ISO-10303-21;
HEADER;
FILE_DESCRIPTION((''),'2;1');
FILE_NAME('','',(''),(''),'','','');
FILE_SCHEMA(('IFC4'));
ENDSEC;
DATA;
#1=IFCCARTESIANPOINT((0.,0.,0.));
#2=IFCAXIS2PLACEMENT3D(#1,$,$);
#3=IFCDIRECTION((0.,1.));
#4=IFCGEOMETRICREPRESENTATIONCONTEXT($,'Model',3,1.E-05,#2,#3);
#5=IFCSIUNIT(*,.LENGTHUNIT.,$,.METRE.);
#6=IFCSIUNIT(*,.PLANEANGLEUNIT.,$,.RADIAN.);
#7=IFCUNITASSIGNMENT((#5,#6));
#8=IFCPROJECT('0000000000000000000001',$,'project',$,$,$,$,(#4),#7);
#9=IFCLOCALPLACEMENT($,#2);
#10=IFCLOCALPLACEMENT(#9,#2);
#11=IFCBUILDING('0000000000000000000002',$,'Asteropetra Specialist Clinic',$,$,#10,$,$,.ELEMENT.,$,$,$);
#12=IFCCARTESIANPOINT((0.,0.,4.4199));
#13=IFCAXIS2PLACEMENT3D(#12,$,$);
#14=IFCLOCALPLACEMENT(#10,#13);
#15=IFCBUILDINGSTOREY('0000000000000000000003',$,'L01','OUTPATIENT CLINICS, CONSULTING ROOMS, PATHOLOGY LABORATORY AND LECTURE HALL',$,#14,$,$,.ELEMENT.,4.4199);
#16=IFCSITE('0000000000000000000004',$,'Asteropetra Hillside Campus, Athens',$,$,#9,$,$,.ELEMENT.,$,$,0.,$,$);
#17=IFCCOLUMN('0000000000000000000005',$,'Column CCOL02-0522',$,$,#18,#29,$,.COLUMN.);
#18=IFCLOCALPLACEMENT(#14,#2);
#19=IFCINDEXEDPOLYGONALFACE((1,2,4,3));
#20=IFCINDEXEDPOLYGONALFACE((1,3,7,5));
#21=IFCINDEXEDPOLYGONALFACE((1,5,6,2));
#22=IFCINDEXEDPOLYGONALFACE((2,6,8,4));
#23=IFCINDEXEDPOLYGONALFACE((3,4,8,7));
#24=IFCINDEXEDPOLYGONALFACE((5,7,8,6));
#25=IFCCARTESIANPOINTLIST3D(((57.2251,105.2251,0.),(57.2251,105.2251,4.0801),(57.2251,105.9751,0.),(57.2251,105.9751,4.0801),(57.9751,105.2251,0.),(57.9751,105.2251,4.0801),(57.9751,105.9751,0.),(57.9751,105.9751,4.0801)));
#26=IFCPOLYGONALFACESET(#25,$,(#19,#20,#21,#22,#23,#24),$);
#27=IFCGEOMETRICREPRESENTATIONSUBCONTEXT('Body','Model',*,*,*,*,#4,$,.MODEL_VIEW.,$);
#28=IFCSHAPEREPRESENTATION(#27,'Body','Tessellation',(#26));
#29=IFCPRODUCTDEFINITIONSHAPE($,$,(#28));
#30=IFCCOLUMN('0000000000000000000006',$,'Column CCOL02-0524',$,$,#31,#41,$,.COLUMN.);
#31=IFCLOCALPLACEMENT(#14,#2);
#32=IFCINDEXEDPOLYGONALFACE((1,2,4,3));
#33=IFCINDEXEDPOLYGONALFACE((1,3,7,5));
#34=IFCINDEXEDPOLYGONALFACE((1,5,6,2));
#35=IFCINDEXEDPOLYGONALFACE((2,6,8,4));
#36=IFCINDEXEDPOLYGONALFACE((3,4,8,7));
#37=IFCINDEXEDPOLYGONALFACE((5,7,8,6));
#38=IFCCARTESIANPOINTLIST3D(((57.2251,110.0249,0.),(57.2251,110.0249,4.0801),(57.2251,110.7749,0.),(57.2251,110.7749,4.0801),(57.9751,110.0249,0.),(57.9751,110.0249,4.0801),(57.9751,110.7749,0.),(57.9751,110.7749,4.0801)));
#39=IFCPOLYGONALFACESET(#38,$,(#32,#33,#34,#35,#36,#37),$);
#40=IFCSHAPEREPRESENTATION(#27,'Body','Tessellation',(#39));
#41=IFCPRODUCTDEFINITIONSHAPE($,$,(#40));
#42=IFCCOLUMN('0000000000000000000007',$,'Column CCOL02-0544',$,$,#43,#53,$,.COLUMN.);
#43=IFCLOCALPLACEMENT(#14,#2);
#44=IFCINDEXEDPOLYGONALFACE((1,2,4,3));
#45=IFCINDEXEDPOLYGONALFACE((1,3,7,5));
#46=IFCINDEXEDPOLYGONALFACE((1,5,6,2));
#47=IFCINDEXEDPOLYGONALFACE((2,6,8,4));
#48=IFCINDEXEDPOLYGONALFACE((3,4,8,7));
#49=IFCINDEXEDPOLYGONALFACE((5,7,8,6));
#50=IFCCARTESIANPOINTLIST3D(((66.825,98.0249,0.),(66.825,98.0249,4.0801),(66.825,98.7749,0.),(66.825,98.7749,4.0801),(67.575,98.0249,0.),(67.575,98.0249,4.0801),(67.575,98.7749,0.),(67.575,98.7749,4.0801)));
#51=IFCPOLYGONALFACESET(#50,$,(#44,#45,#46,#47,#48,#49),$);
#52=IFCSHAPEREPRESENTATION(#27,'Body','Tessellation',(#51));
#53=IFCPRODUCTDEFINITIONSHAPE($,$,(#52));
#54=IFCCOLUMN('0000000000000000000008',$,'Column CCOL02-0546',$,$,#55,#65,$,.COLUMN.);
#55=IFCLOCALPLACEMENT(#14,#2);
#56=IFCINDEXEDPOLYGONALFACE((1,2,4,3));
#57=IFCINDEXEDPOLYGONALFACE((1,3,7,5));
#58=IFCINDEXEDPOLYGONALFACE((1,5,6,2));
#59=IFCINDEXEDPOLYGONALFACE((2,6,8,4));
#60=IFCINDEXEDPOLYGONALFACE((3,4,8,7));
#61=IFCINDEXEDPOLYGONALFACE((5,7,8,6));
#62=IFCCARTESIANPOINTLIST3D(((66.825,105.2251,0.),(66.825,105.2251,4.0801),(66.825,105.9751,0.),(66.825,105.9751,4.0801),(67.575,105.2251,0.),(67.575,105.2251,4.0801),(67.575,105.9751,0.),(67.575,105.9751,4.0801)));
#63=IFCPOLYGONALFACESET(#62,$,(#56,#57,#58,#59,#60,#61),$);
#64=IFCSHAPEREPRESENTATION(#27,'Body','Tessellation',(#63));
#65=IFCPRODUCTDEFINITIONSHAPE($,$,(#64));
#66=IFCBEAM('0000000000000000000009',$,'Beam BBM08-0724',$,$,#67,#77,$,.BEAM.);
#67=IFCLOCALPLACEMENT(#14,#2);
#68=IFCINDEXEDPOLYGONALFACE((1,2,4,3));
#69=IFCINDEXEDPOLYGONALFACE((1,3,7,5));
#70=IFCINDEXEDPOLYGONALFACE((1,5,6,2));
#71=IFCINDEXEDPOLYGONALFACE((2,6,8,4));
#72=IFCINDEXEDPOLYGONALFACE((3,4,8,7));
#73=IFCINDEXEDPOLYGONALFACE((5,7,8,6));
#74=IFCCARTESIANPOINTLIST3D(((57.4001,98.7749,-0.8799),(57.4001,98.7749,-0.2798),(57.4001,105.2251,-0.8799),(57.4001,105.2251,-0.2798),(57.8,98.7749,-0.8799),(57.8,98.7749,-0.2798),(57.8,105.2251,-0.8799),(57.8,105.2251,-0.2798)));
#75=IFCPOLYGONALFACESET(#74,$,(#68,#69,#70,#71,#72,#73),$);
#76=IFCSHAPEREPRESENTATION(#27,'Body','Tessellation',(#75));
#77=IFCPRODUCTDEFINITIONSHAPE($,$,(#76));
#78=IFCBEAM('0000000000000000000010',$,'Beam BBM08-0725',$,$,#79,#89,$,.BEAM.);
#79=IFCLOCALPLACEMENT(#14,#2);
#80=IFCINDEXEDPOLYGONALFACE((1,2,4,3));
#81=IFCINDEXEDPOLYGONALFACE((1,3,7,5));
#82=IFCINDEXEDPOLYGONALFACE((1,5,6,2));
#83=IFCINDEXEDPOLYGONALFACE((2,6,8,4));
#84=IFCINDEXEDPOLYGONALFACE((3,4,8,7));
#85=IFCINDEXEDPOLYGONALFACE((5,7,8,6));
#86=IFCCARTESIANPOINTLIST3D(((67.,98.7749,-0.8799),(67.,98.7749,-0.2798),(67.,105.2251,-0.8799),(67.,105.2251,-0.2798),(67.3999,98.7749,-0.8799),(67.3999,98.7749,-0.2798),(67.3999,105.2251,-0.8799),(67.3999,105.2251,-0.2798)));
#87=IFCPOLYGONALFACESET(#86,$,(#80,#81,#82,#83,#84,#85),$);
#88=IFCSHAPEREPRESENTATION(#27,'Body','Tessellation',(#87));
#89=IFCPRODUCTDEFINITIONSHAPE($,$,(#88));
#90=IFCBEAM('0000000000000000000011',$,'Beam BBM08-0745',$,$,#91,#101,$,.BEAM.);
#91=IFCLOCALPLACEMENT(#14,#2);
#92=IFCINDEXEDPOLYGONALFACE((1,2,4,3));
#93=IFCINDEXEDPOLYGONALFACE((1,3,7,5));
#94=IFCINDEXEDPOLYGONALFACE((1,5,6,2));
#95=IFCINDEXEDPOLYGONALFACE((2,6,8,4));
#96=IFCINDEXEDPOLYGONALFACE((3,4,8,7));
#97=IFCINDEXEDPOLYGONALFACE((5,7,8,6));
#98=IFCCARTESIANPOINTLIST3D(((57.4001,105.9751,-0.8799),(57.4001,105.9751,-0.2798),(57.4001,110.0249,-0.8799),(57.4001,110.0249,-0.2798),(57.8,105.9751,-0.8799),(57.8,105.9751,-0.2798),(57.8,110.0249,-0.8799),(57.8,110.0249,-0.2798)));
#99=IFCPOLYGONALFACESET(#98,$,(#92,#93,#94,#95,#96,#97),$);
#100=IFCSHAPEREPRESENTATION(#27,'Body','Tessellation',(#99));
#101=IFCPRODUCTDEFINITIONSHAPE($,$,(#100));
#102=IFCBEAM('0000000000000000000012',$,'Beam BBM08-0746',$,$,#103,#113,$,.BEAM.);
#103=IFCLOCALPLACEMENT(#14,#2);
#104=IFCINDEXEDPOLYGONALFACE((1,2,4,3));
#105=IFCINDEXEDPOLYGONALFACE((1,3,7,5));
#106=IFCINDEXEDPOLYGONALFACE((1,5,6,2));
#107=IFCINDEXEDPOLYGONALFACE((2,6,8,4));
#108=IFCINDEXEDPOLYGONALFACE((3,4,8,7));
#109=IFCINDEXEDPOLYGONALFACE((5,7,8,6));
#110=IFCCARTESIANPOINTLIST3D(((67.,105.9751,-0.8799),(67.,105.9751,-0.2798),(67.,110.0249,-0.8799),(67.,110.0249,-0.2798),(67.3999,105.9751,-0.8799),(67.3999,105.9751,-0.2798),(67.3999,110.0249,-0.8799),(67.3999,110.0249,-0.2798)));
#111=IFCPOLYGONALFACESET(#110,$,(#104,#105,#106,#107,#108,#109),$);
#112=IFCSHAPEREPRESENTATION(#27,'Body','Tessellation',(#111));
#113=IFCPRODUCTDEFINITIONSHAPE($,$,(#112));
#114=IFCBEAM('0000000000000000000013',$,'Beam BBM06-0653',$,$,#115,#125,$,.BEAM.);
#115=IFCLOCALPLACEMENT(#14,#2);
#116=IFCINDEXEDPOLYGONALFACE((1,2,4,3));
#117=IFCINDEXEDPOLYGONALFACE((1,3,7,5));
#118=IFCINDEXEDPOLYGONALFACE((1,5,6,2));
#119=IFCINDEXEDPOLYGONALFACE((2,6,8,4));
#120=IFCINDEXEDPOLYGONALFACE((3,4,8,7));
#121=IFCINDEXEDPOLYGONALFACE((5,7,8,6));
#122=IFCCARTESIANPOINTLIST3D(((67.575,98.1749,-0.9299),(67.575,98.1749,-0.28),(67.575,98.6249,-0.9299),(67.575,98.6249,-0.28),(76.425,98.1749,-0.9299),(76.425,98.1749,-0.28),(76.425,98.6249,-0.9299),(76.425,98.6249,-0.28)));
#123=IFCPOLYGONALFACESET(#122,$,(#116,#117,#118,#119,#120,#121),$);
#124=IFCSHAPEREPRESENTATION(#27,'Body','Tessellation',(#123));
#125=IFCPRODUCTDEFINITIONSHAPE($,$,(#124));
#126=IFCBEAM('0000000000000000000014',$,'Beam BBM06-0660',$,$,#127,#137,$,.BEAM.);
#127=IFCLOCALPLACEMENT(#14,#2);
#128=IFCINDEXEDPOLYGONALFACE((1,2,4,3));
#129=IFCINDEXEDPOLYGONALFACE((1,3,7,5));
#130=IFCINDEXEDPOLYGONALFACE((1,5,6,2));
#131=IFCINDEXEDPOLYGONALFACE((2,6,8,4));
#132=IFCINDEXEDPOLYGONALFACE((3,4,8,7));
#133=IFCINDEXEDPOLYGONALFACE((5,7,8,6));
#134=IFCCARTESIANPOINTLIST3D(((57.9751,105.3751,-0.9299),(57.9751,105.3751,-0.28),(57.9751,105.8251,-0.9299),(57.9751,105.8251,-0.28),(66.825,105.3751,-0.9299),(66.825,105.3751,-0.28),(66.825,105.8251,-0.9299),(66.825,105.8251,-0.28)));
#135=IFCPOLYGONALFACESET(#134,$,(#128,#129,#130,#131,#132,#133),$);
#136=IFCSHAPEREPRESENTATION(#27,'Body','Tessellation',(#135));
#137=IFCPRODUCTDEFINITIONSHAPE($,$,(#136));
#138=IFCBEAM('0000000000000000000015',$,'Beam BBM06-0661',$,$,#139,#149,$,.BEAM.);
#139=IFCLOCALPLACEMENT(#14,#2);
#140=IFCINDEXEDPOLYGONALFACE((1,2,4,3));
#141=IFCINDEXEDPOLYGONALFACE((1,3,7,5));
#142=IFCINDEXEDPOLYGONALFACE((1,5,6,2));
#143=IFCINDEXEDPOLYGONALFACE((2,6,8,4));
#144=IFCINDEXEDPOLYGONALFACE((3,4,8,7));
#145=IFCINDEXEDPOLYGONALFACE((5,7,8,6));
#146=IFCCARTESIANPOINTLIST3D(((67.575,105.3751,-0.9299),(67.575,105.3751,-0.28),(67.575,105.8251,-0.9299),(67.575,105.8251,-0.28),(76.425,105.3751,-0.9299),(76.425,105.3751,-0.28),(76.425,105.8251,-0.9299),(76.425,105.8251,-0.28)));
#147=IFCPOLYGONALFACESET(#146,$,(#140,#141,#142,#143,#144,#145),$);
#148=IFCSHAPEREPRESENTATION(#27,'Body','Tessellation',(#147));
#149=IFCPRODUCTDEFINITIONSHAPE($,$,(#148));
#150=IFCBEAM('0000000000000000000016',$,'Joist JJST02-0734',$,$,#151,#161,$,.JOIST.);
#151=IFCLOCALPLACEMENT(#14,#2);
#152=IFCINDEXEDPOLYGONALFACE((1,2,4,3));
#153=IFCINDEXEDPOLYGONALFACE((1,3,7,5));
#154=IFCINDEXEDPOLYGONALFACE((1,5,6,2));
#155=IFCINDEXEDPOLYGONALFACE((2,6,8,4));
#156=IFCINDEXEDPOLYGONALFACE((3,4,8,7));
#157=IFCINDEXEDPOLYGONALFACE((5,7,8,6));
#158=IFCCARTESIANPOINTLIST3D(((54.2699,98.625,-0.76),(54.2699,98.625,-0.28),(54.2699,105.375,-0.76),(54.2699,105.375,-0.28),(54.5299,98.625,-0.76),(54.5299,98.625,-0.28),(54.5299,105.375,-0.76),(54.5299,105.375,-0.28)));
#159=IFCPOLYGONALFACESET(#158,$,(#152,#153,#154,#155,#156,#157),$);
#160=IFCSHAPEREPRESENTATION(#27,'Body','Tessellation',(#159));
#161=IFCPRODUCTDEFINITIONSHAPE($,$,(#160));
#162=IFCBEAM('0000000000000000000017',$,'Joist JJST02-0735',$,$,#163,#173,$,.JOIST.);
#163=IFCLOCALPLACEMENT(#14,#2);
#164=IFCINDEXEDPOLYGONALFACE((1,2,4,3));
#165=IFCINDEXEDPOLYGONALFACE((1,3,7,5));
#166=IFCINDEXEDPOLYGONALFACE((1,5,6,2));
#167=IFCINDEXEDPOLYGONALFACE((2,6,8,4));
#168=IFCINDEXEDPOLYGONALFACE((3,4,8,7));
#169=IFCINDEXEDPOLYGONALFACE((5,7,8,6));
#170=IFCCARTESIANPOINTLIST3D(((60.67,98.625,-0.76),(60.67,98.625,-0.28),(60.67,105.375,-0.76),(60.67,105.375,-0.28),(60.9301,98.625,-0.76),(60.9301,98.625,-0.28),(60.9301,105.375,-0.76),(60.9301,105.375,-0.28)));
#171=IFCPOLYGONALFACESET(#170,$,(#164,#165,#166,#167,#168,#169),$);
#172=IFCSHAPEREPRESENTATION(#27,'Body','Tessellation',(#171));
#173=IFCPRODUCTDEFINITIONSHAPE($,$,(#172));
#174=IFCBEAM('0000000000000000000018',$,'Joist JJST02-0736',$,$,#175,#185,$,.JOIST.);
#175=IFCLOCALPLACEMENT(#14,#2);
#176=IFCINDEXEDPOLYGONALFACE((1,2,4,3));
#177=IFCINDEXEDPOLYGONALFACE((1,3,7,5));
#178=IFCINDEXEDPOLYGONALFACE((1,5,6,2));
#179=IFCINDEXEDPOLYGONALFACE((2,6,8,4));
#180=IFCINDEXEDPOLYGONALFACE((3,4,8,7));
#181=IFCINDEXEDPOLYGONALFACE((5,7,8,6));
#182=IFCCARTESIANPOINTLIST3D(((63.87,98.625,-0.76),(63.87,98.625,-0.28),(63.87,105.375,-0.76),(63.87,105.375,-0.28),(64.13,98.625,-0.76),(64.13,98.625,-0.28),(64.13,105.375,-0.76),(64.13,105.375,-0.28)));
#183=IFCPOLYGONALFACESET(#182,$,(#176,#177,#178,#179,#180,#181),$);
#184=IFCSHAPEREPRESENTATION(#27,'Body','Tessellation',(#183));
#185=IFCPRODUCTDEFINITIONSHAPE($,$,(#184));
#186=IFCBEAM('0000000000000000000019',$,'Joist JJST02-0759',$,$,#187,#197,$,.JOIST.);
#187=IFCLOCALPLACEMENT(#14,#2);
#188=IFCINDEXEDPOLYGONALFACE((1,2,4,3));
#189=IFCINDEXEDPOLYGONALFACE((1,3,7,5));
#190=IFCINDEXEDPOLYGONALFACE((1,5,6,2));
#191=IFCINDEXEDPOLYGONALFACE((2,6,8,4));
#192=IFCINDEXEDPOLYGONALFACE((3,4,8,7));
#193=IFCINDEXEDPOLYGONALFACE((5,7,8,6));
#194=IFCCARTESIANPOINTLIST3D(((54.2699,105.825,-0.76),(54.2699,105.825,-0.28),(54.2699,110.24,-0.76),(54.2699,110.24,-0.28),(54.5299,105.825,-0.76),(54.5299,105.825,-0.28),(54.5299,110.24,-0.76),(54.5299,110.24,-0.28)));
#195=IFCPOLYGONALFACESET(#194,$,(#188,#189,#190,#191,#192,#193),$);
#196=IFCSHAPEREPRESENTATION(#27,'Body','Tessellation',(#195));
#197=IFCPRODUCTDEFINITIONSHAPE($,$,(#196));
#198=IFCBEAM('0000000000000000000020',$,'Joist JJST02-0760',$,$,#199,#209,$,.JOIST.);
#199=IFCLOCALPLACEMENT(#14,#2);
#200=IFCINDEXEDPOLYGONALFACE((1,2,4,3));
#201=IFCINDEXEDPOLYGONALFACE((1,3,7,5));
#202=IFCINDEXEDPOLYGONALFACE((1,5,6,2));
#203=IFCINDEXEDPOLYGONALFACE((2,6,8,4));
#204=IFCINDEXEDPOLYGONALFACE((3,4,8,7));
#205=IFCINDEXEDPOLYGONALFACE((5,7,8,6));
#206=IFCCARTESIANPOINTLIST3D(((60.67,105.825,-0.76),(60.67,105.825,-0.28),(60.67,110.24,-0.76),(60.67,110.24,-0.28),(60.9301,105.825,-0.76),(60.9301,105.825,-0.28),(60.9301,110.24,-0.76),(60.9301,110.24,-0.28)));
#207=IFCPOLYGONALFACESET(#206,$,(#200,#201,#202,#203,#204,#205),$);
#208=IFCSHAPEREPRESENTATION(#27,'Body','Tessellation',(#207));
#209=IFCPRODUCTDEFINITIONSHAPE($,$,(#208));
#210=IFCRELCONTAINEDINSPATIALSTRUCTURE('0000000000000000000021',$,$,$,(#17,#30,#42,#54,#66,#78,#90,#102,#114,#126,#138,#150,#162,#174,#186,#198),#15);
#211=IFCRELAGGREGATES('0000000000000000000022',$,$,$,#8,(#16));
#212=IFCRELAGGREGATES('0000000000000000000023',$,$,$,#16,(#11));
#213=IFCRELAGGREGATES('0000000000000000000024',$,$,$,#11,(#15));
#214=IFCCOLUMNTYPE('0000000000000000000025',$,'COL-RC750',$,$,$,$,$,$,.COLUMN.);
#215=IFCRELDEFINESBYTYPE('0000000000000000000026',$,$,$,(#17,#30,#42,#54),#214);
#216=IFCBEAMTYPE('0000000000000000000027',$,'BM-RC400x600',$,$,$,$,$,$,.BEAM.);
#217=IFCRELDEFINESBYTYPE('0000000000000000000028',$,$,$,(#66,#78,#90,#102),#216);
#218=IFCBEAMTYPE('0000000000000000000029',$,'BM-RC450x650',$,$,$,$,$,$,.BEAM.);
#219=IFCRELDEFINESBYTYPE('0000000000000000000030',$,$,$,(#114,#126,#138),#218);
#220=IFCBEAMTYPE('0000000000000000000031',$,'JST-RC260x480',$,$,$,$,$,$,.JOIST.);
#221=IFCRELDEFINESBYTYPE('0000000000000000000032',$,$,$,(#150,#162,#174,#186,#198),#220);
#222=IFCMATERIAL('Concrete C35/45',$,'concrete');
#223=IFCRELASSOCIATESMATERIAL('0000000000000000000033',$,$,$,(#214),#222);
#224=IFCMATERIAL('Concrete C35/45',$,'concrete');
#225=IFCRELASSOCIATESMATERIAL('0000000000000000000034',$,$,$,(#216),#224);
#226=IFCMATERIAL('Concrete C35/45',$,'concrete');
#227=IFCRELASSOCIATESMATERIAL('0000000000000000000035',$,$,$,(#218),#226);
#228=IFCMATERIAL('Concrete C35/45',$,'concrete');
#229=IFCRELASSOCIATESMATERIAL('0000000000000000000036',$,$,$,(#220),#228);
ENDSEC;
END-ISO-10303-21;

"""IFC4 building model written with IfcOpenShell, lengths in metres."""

from ifc_helpers import new_model, si_unit, direction, frame, origin, origin_2d, place, context, subcontext, project, spatial, rectangle, extrude, material, material_profile, profile_set, type_object, element, save


model = new_model("IFC4")

# Units and contexts
model_context = context("Model", 3, precision=1e-05, world=origin(), true_north=direction((0.0, 1.0)))
body_context = subcontext(model_context, "Body", "Model", "MODEL_VIEW")
ifc_project = project(units=[si_unit("LENGTHUNIT", "METRE"), si_unit("PLANEANGLEUNIT", "RADIAN")], contexts=[model_context])

# Site, building, storey
site_placement = place(None, origin())
site = spatial("IfcSite", under=ifc_project, at=site_placement, Name="Asteropetra Hillside Campus, Athens", CompositionType="ELEMENT", RefElevation=0.0)
building_placement = place(site_placement, origin())
building = spatial("IfcBuilding", under=site, at=building_placement, Name="Asteropetra Specialist Clinic", CompositionType="ELEMENT")
storey_placement = place(building_placement, frame((0.0, 0.0, 4.4199)))
storey = spatial("IfcBuildingStorey", under=building, at=storey_placement, Name="L01", Description="OUTPATIENT CLINICS, CONSULTING ROOMS, PATHOLOGY LABORATORY AND LECTURE HALL", CompositionType="ELEMENT", Elevation=4.4199)

# Columns
ifc_material_1 = material(Name="Concrete C35/45", Category="concrete")
ifc_material_profile_1 = material_profile(ifc_material_1, rectangle(XDim=0.75, YDim=0.75, at=origin_2d()), Name="RC 750x750")
ifc_profile_set_1 = profile_set([ifc_material_profile_1], Name="Concrete C35/45")
column_type = type_object("IfcColumnType", Name="COL-RC750", PredefinedType="COLUMN", material=ifc_profile_set_1)
for number, where, z_axis, x_axis, name in (
    (1, (57.6001, 105.6001, 0.0), (0.0, 0.0, 1.0), (1.0, 0.0, 0.0), "Column CCOL02-0522"),
    (2, (57.6001, 110.3999, 0.0), (0.0, 0.0, 1.0), (1.0, 0.0, 0.0), "Column CCOL02-0524"),
    (3, (67.2, 98.3999, 0.0), (0.0, 0.0, 1.0), (1.0, 0.0, 0.0), "Column CCOL02-0544"),
    (4, (67.2, 105.6001, 0.0), (0.0, 0.0, 1.0), (1.0, 0.0, 0.0), "Column CCOL02-0546"),
):
    element("IfcColumn", number, at=place(storey_placement, frame(where, z_axis=z_axis, x_axis=x_axis)), inside=storey, type_object=column_type, Name=name, PredefinedType="COLUMN", context=body_context, shape_type="SweptSolid", body=[
        extrude(rectangle(XDim=0.75, YDim=0.75, at=origin_2d()), origin(), (0.0, 0.0, 1.0), 4.0801),
    ])

# Beams
ifc_material_2 = material(Name="Concrete C35/45", Category="concrete")
ifc_material_profile_2 = material_profile(ifc_material_2, rectangle(XDim=0.3999, YDim=0.6001, at=origin_2d()), Name="RCB 400x600")
ifc_profile_set_2 = profile_set([ifc_material_profile_2], Name="Concrete C35/45")
beam_type_1 = type_object("IfcBeamType", Name="BM-RC400x600", PredefinedType="BEAM", material=ifc_profile_set_2)
for number, where, z_axis, x_axis, name in (
    (5, (57.6001, 98.7749, -0.5798), (0.0, 1.0, 0.0), (-1.0, 0.0, 0.0), "Beam BBM08-0724"),
    (6, (67.2, 98.7749, -0.5798), (0.0, 1.0, 0.0), (-1.0, 0.0, 0.0), "Beam BBM08-0725"),
):
    element("IfcBeam", number, at=place(storey_placement, frame(where, z_axis=z_axis, x_axis=x_axis)), inside=storey, type_object=beam_type_1, Name=name, PredefinedType="BEAM", context=body_context, shape_type="SweptSolid", body=[
        extrude(rectangle(XDim=0.3999, YDim=0.6001, at=origin_2d()), origin(), (0.0, 0.0, 1.0), 6.4502),
    ])
for number, where, z_axis, x_axis, name in (
    (7, (57.6001, 105.9751, -0.5798), (0.0, 1.0, 0.0), (-1.0, 0.0, 0.0), "Beam BBM08-0745"),
    (8, (67.2, 105.9751, -0.5798), (0.0, 1.0, 0.0), (-1.0, 0.0, 0.0), "Beam BBM08-0746"),
):
    element("IfcBeam", number, at=place(storey_placement, frame(where, z_axis=z_axis, x_axis=x_axis)), inside=storey, type_object=beam_type_1, Name=name, PredefinedType="BEAM", context=body_context, shape_type="SweptSolid", body=[
        extrude(rectangle(XDim=0.3999, YDim=0.6001, at=origin_2d()), origin(), (0.0, 0.0, 1.0), 4.0498),
    ])
ifc_material_3 = material(Name="Concrete C35/45", Category="concrete")
ifc_material_profile_3 = material_profile(ifc_material_3, rectangle(XDim=0.45, YDim=0.6499, at=origin_2d()), Name="RCB 450x650")
ifc_profile_set_3 = profile_set([ifc_material_profile_3], Name="Concrete C35/45")
beam_type_2 = type_object("IfcBeamType", Name="BM-RC450x650", PredefinedType="BEAM", material=ifc_profile_set_3)
beam_1_placement = place(storey_placement, frame((67.575, 98.3999, -0.605), z_axis=(1.0, 0.0, 0.0), x_axis=(0.0, 1.0, 0.0)))
element("IfcBeam", 9, at=beam_1_placement, inside=storey, type_object=beam_type_2, Name="Beam BBM06-0653", PredefinedType="BEAM", context=body_context, shape_type="SweptSolid", body=[
    extrude(rectangle(XDim=0.45, YDim=0.6499, at=origin_2d()), origin(), (0.0, 0.0, 1.0), 8.8501),
])
beam_2_placement = place(storey_placement, frame((57.9751, 105.6001, -0.605), z_axis=(1.0, 0.0, 0.0), x_axis=(0.0, 1.0, 0.0)))
element("IfcBeam", 10, at=beam_2_placement, inside=storey, type_object=beam_type_2, Name="Beam BBM06-0660", PredefinedType="BEAM", context=body_context, shape_type="SweptSolid", body=[
    extrude(rectangle(XDim=0.45, YDim=0.6499, at=origin_2d()), origin(), (0.0, 0.0, 1.0), 8.8499),
])
beam_3_placement = place(storey_placement, frame((67.575, 105.6001, -0.605), z_axis=(1.0, 0.0, 0.0), x_axis=(0.0, 1.0, 0.0)))
element("IfcBeam", 11, at=beam_3_placement, inside=storey, type_object=beam_type_2, Name="Beam BBM06-0661", PredefinedType="BEAM", context=body_context, shape_type="SweptSolid", body=[
    extrude(rectangle(XDim=0.45, YDim=0.6499, at=origin_2d()), origin(), (0.0, 0.0, 1.0), 8.8501),
])
ifc_material_4 = material(Name="Concrete C35/45", Category="concrete")
ifc_material_profile_4 = material_profile(ifc_material_4, rectangle(XDim=0.26, YDim=0.48, at=origin_2d()), Name="RCJ 260x480")
ifc_profile_set_4 = profile_set([ifc_material_profile_4], Name="Concrete C35/45")
beam_type_3 = type_object("IfcBeamType", Name="JST-RC260x480", PredefinedType="JOIST", material=ifc_profile_set_4)
for number, where, z_axis, x_axis, name in (
    (12, (54.3999, 98.625, -0.52), (0.0, 1.0, 0.0), (-1.0, 0.0, 0.0), "Joist JJST02-0734"),
    (13, (60.8, 98.625, -0.52), (0.0, 1.0, 0.0), (-1.0, 0.0, 0.0), "Joist JJST02-0735"),
    (14, (64.0, 98.625, -0.52), (0.0, 1.0, 0.0), (-1.0, 0.0, 0.0), "Joist JJST02-0736"),
):
    element("IfcBeam", number, at=place(storey_placement, frame(where, z_axis=z_axis, x_axis=x_axis)), inside=storey, type_object=beam_type_3, Name=name, PredefinedType="JOIST", context=body_context, shape_type="SweptSolid", body=[
        extrude(rectangle(XDim=0.26, YDim=0.48, at=origin_2d()), origin(), (0.0, 0.0, 1.0), 6.75),
    ])
for number, where, z_axis, x_axis, name in (
    (15, (54.3999, 105.825, -0.52), (0.0, 1.0, 0.0), (-1.0, 0.0, 0.0), "Joist JJST02-0759"),
    (16, (60.8, 105.825, -0.52), (0.0, 1.0, 0.0), (-1.0, 0.0, 0.0), "Joist JJST02-0760"),
):
    element("IfcBeam", number, at=place(storey_placement, frame(where, z_axis=z_axis, x_axis=x_axis)), inside=storey, type_object=beam_type_3, Name=name, PredefinedType="JOIST", context=body_context, shape_type="SweptSolid", body=[
        extrude(rectangle(XDim=0.26, YDim=0.48, at=origin_2d()), origin(), (0.0, 0.0, 1.0), 4.415),
    ])

save(model, "model.ifc")
